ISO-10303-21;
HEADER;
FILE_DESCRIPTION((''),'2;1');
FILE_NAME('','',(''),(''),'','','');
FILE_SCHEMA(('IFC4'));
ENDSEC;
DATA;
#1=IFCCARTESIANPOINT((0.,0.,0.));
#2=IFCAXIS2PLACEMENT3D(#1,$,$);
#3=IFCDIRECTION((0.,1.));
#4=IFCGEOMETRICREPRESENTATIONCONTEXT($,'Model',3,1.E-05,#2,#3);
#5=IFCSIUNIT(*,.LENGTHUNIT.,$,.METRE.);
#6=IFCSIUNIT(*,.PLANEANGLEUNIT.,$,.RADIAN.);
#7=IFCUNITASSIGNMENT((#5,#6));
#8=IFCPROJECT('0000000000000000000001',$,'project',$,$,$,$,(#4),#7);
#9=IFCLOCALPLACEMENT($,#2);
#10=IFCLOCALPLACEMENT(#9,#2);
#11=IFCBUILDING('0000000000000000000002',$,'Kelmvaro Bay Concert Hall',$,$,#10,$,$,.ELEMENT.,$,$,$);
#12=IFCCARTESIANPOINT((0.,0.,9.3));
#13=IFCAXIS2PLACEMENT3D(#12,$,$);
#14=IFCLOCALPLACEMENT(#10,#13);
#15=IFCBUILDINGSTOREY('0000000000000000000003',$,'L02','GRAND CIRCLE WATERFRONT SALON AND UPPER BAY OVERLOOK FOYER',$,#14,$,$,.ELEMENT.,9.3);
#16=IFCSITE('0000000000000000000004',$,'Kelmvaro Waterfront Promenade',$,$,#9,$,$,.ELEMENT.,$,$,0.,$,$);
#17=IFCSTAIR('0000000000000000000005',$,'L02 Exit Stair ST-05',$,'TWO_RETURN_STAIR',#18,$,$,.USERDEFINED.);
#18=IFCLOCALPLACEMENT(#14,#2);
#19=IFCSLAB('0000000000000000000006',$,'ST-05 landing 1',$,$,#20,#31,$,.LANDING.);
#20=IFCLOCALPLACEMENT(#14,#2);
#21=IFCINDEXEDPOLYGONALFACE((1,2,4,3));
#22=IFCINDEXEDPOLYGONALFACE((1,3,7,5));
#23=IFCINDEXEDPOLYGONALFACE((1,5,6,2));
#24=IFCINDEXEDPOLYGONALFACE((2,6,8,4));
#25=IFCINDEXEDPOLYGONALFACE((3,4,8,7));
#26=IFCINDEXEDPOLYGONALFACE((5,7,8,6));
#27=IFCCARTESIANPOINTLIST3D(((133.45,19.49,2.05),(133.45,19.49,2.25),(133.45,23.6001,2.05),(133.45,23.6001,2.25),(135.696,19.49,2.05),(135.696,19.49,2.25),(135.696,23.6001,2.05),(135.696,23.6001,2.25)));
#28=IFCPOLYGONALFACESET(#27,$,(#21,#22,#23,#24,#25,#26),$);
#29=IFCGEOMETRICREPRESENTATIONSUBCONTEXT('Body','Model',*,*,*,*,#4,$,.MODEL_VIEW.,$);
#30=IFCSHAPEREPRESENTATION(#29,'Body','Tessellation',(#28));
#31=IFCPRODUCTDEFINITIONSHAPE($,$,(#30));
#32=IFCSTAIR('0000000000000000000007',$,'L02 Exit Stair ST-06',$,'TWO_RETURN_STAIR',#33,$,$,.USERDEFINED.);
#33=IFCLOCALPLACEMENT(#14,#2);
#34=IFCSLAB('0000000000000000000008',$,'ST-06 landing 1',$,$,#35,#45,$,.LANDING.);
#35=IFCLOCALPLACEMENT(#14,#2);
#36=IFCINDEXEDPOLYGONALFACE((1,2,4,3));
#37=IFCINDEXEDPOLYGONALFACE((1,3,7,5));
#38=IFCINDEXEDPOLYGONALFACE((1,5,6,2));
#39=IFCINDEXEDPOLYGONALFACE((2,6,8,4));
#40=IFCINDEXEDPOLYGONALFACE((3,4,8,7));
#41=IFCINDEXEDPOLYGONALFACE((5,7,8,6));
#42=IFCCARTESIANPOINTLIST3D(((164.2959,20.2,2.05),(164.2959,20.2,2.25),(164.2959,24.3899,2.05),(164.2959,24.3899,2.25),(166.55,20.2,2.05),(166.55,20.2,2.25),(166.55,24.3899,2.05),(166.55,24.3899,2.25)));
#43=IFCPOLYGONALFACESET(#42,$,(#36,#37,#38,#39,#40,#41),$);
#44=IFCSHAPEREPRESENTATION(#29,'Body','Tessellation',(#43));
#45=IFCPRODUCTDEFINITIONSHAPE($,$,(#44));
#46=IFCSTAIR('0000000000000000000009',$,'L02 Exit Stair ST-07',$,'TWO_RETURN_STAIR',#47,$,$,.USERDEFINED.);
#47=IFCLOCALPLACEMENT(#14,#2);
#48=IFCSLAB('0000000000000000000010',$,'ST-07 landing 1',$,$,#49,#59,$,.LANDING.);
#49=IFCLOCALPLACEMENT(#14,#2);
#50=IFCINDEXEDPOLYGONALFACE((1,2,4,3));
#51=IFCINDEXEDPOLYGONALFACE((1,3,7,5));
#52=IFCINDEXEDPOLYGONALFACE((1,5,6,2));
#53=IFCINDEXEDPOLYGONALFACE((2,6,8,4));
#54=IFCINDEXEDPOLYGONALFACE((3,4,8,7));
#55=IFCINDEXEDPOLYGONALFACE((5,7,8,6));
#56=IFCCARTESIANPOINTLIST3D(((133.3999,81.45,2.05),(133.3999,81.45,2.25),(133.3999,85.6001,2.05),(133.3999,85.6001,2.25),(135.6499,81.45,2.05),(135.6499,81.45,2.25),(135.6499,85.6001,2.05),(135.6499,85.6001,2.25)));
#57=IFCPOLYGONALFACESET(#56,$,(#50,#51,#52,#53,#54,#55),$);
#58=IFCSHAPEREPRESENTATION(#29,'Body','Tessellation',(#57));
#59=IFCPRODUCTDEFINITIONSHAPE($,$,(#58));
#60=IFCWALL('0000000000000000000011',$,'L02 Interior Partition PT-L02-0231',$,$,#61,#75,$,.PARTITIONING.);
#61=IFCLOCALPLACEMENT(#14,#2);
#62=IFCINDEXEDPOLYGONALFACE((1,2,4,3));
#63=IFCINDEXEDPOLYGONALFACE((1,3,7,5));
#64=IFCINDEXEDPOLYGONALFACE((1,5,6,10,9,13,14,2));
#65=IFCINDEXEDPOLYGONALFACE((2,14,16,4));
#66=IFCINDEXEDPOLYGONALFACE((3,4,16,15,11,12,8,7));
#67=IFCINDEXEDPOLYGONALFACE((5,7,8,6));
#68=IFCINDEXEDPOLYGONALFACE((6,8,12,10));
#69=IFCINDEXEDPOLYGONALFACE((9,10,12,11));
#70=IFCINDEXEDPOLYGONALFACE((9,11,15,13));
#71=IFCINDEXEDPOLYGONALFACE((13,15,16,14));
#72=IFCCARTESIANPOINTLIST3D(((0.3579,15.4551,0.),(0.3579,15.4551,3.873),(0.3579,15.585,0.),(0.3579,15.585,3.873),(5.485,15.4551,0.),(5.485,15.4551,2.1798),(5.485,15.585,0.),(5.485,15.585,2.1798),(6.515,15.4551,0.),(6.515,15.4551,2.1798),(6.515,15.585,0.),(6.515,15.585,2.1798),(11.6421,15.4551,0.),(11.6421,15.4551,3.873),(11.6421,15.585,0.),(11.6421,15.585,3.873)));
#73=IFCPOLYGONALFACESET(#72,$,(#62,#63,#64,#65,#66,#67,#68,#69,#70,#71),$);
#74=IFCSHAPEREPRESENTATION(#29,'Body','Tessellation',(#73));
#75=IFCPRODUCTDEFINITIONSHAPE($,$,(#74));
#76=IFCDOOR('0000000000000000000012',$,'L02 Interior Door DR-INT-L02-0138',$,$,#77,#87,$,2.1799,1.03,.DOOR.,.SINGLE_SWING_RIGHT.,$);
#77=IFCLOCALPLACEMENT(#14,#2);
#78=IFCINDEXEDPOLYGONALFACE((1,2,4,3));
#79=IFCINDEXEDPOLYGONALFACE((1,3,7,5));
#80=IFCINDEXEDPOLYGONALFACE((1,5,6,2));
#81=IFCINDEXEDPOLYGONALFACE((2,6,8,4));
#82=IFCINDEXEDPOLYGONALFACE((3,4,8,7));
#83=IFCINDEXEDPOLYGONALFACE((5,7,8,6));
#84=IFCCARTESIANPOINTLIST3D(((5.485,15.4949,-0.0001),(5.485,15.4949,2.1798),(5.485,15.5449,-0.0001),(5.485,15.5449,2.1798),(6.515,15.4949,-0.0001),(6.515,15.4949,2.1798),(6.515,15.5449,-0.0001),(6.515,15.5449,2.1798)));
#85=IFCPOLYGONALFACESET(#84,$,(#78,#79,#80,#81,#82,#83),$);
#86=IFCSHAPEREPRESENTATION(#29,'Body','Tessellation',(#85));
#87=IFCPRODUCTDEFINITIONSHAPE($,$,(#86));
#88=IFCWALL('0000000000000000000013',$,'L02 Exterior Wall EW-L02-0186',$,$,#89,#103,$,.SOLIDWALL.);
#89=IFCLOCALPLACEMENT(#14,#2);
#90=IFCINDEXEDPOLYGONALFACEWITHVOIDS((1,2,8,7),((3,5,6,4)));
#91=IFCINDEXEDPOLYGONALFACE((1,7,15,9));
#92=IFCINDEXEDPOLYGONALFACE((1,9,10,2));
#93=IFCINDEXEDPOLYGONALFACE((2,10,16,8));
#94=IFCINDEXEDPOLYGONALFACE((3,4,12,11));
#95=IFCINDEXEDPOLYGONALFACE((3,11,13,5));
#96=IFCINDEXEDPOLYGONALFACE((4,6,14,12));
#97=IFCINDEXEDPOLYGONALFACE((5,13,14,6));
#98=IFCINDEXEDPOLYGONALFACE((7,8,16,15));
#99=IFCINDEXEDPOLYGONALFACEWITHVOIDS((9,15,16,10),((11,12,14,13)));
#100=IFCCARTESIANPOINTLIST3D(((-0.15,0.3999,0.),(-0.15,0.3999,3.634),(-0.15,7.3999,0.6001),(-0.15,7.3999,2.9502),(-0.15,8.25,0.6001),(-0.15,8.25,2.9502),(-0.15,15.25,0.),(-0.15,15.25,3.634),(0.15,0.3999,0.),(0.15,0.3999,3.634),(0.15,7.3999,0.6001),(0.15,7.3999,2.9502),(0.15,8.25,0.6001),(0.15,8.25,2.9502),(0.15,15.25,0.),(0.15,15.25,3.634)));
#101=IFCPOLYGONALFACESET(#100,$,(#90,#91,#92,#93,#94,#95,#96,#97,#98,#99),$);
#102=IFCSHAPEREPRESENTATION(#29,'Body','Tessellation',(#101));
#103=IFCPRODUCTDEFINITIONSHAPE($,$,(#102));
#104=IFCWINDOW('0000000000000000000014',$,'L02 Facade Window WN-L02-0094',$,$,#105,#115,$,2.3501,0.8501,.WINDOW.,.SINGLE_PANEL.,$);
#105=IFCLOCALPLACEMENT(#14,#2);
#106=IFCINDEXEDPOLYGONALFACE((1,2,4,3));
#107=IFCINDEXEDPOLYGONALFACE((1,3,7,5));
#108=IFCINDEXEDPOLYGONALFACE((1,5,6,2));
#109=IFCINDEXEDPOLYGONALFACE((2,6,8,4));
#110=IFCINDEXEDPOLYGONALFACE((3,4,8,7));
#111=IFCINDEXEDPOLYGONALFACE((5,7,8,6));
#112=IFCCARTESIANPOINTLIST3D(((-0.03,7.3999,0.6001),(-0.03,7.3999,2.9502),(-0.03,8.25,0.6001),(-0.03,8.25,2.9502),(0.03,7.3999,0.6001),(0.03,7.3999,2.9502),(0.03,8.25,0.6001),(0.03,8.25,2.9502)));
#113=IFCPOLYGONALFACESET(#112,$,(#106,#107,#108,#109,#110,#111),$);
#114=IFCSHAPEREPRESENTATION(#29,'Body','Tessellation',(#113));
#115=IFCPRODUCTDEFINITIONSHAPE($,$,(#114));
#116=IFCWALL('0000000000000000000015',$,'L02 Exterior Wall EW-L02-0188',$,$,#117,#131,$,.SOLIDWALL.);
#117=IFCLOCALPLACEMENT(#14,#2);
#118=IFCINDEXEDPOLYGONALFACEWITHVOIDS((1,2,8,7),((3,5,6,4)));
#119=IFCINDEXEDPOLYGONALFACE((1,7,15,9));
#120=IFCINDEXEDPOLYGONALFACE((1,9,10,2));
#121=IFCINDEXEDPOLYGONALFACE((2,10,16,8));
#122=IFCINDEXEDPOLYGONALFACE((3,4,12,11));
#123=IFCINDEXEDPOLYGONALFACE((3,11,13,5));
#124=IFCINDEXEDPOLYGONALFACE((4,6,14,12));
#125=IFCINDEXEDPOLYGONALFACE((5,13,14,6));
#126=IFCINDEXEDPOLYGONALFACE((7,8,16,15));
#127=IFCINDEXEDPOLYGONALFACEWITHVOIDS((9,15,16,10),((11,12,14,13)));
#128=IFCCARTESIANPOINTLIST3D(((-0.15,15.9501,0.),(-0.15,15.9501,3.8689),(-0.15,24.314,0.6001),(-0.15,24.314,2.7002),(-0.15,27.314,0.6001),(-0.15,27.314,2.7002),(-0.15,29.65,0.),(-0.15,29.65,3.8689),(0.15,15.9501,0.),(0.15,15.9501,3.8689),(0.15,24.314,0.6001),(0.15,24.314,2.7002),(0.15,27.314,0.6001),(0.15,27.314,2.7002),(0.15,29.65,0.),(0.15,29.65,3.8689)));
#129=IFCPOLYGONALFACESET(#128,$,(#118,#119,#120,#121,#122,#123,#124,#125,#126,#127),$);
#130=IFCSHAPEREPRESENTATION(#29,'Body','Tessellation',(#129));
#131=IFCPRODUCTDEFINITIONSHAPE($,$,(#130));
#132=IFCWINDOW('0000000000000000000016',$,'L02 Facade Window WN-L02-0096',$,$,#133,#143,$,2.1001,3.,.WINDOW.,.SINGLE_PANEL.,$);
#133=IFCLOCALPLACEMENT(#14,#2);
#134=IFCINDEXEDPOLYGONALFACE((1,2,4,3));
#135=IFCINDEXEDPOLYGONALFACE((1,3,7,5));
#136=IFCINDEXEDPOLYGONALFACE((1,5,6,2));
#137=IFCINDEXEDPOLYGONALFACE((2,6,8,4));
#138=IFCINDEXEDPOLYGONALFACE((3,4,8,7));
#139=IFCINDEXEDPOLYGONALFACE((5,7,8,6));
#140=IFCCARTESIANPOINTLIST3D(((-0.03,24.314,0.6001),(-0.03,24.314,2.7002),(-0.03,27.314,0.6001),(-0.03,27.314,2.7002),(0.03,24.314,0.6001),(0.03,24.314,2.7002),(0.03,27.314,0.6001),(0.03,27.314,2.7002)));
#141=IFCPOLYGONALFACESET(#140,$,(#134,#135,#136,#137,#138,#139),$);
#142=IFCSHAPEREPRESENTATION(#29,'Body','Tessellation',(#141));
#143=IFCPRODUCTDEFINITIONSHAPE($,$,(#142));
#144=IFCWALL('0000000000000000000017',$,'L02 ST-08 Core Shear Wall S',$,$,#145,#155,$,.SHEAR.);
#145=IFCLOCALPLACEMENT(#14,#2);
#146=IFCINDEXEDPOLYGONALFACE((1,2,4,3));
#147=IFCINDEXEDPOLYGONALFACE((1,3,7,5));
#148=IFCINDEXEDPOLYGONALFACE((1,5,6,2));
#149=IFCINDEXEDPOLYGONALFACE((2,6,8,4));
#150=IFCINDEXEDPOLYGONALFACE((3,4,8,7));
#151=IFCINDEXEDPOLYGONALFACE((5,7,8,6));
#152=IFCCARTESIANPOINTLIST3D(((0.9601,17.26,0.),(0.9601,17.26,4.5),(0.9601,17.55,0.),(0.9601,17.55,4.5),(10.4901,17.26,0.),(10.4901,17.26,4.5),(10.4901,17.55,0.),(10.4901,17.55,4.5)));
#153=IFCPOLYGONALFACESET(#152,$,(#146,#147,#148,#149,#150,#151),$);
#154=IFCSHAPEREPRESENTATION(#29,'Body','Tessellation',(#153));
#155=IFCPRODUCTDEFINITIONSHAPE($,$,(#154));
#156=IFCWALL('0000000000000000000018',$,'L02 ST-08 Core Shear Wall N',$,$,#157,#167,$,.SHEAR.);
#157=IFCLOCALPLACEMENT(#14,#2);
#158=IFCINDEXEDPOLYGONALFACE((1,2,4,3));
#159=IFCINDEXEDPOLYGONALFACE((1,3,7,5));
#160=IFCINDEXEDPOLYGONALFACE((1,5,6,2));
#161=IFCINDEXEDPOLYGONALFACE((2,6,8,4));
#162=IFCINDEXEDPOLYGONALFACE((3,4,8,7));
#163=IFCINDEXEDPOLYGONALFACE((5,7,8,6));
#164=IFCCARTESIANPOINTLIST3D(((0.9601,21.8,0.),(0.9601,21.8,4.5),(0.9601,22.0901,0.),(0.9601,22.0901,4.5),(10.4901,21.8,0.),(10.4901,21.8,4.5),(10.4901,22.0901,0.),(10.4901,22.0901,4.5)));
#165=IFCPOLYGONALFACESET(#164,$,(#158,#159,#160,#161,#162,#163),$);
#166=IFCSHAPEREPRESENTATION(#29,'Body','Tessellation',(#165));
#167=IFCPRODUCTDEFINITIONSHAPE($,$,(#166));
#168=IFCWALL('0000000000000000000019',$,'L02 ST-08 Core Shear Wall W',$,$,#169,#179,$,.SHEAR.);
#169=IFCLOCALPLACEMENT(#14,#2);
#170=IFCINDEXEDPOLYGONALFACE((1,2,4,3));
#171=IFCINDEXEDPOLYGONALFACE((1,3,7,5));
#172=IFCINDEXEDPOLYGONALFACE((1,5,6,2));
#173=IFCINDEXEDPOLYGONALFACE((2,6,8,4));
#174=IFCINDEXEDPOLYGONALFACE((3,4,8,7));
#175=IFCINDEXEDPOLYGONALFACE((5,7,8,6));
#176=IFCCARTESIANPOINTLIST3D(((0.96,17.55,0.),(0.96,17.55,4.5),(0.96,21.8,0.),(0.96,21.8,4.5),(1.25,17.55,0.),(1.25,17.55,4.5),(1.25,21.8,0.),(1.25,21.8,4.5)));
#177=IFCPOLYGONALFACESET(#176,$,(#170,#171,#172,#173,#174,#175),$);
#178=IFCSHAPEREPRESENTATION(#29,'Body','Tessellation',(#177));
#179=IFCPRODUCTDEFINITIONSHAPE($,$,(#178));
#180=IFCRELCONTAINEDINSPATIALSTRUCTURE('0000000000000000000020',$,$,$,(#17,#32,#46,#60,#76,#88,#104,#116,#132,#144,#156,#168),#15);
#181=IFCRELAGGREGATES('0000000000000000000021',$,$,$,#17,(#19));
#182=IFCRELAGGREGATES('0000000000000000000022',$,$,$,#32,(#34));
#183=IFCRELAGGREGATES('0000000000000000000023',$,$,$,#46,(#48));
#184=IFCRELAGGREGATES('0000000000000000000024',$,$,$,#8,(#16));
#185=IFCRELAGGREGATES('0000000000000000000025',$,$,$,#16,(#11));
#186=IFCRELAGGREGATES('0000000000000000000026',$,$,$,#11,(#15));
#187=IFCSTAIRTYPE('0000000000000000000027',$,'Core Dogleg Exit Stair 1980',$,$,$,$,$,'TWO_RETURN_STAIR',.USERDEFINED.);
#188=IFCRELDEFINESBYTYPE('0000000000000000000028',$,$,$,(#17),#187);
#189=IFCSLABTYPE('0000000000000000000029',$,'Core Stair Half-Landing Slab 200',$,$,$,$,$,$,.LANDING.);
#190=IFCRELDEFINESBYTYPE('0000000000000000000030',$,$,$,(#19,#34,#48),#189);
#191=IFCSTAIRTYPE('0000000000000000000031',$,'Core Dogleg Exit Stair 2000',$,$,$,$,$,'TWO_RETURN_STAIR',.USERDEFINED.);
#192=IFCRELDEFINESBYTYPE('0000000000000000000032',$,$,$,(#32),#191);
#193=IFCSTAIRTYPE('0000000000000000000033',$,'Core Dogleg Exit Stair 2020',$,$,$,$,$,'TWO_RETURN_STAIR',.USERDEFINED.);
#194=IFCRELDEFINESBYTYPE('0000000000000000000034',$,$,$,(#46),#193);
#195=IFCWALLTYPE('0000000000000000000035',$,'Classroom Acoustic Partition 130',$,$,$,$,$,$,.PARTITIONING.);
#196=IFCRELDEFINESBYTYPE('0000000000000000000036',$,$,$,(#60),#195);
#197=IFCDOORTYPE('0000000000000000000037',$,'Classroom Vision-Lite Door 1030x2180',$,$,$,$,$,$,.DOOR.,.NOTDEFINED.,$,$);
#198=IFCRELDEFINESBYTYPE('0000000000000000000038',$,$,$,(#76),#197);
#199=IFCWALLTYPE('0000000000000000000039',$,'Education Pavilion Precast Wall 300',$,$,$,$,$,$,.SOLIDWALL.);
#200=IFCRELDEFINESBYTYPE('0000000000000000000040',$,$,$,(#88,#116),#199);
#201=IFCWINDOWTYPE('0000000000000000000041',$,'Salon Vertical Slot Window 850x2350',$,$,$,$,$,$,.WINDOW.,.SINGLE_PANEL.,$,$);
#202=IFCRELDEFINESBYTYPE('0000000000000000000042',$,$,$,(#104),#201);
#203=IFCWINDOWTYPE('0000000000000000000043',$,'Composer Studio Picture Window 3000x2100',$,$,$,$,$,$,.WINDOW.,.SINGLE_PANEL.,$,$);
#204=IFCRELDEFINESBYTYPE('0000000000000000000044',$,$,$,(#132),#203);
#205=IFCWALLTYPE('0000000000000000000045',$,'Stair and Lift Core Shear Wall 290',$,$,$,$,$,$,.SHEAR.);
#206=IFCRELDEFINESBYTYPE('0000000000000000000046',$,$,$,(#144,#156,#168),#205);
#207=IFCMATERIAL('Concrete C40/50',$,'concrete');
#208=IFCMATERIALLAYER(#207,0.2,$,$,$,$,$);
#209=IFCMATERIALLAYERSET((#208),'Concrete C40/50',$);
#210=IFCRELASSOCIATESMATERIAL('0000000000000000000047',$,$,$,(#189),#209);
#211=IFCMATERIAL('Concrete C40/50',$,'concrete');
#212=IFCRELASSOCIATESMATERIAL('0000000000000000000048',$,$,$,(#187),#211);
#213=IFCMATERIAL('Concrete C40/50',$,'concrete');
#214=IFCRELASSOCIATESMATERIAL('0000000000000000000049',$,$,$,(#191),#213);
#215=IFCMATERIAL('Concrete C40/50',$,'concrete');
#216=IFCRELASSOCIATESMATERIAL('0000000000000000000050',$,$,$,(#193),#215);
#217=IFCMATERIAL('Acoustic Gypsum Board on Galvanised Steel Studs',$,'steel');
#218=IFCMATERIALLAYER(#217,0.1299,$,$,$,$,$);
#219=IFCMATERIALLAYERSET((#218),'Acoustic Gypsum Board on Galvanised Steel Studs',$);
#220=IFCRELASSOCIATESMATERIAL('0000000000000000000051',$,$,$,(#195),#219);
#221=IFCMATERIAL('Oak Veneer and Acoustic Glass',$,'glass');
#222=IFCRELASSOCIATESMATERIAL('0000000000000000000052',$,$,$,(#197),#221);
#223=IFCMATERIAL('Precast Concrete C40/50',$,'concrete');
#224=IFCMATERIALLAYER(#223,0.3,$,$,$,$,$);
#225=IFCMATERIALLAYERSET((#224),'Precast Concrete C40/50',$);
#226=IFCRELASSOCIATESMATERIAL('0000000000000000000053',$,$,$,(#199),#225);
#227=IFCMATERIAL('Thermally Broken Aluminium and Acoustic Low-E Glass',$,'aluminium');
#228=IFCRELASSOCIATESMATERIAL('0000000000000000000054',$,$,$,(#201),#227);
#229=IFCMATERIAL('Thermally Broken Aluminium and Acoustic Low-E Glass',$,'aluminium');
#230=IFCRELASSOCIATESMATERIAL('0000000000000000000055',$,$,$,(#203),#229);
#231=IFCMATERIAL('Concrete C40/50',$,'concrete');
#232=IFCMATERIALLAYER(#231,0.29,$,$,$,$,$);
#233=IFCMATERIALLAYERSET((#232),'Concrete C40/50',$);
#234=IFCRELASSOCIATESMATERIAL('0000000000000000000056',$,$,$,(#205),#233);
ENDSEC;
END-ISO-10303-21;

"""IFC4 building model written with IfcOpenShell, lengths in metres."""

from ifc_helpers import new_model, si_unit, direction, frame, frame_2d, origin, place, context, subcontext, project, spatial, polyline, rectangle, outline, extrude, material, layer, layer_set, type_object, element, fill, aggregate, save


model = new_model("IFC4")

# Units and contexts
model_context = context("Model", 3, precision=1e-05, world=origin(), true_north=direction((0.0, 1.0)))
body_context = subcontext(model_context, "Body", "Model", "MODEL_VIEW")
ifc_project = project(units=[si_unit("LENGTHUNIT", "METRE"), si_unit("PLANEANGLEUNIT", "RADIAN")], contexts=[model_context])

# Site, building, storey
site_placement = place(None, origin())
site = spatial("IfcSite", under=ifc_project, at=site_placement, Name="Kelmvaro Waterfront Promenade", CompositionType="ELEMENT", RefElevation=0.0)
building_placement = place(site_placement, origin())
building = spatial("IfcBuilding", under=site, at=building_placement, Name="Kelmvaro Bay Concert Hall", CompositionType="ELEMENT")
storey_placement = place(building_placement, frame((0.0, 0.0, 9.3)))
storey = spatial("IfcBuildingStorey", under=building, at=storey_placement, Name="L02", Description="GRAND CIRCLE WATERFRONT SALON AND UPPER BAY OVERLOOK FOYER", CompositionType="ELEMENT", Elevation=9.3)

# Stairs, slabs
ifc_material_1 = material(Name="Concrete C40/50", Category="concrete")
ifc_layer_1 = layer(ifc_material_1, 0.2)
ifc_layer_set_1 = layer_set([ifc_layer_1], Name="Concrete C40/50")
slab_type = type_object("IfcSlabType", Name="Core Stair Half-Landing Slab 200", PredefinedType="LANDING", material=ifc_layer_set_1)
ifc_material_2 = material(Name="Concrete C40/50", Category="concrete")
stair_type_1 = type_object("IfcStairType", Name="Core Dogleg Exit Stair 1980", ElementType="TWO_RETURN_STAIR", PredefinedType="USERDEFINED", material=ifc_material_2)
stair_1_placement = place(storey_placement, origin())
stair_1 = element("IfcStair", 1, at=stair_1_placement, inside=storey, type_object=stair_type_1, Name="L02 Exit Stair ST-05", ObjectType="TWO_RETURN_STAIR", PredefinedType="USERDEFINED")
slab_1_placement = place(storey_placement, frame((0.0, 0.0, 2.05)))
slab_1 = element("IfcSlab", 2, at=slab_1_placement, type_object=slab_type, Name="ST-05 landing 1", PredefinedType="LANDING", context=body_context, shape_type="SweptSolid", body=[
    extrude(outline(polyline([(135.696, 23.6001), (133.45, 23.6001), (133.45, 19.49), (135.696, 19.49), (135.696, 23.6001)])), origin(), (0.0, 0.0, 1.0), 0.2),
])
aggregate(stair_1, [slab_1])
ifc_material_3 = material(Name="Concrete C40/50", Category="concrete")
stair_type_2 = type_object("IfcStairType", Name="Core Dogleg Exit Stair 2000", ElementType="TWO_RETURN_STAIR", PredefinedType="USERDEFINED", material=ifc_material_3)
stair_2_placement = place(storey_placement, origin())
stair_2 = element("IfcStair", 3, at=stair_2_placement, inside=storey, type_object=stair_type_2, Name="L02 Exit Stair ST-06", ObjectType="TWO_RETURN_STAIR", PredefinedType="USERDEFINED")
slab_2_placement = place(storey_placement, frame((0.0, 0.0, 2.05)))
slab_2 = element("IfcSlab", 4, at=slab_2_placement, type_object=slab_type, Name="ST-06 landing 1", PredefinedType="LANDING", context=body_context, shape_type="SweptSolid", body=[
    extrude(outline(polyline([(164.2959, 20.2), (166.55, 20.2), (166.55, 24.3899), (164.2959, 24.3899), (164.2959, 20.2)])), origin(), (0.0, 0.0, 1.0), 0.2),
])
aggregate(stair_2, [slab_2])
ifc_material_4 = material(Name="Concrete C40/50", Category="concrete")
stair_type_3 = type_object("IfcStairType", Name="Core Dogleg Exit Stair 2020", ElementType="TWO_RETURN_STAIR", PredefinedType="USERDEFINED", material=ifc_material_4)
stair_3_placement = place(storey_placement, origin())
stair_3 = element("IfcStair", 5, at=stair_3_placement, inside=storey, type_object=stair_type_3, Name="L02 Exit Stair ST-07", ObjectType="TWO_RETURN_STAIR", PredefinedType="USERDEFINED")
slab_3_placement = place(storey_placement, frame((0.0, 0.0, 2.05)))
slab_3 = element("IfcSlab", 6, at=slab_3_placement, type_object=slab_type, Name="ST-07 landing 1", PredefinedType="LANDING", context=body_context, shape_type="SweptSolid", body=[
    extrude(outline(polyline([(135.6499, 85.6001), (133.3999, 85.6001), (133.3999, 81.45), (135.6499, 81.45), (135.6499, 85.6001)])), origin(), (0.0, 0.0, 1.0), 0.2),
])
aggregate(stair_3, [slab_3])

# Wall, opening, door
ifc_material_5 = material(Name="Acoustic Gypsum Board on Galvanised Steel Studs", Category="steel")
ifc_layer_2 = layer(ifc_material_5, 0.1299)
ifc_layer_set_2 = layer_set([ifc_layer_2], Name="Acoustic Gypsum Board on Galvanised Steel Studs")
wall_type_1 = type_object("IfcWallType", Name="Classroom Acoustic Partition 130", PredefinedType="PARTITIONING", material=ifc_layer_set_2)
wall_1_placement = place(storey_placement, frame((0.3579, 15.52, 0.0), z_axis=(0.0, 0.0, 1.0), x_axis=(1.0, 0.0, 0.0)))
wall_1 = element("IfcWall", 7, at=wall_1_placement, inside=storey, type_object=wall_type_1, Name="L02 Interior Partition PT-L02-0231", PredefinedType="PARTITIONING", context=body_context, shape_type="SweptSolid", body=[
    extrude(rectangle(XDim=11.2842, YDim=0.1299, at=frame_2d((5.6421, 0.0))), origin(), (0.0, 0.0, 1.0), 3.873),
])
opening_1_placement = place(wall_1_placement, frame((5.127, 0.0, 0.0)))
opening_1 = element("IfcOpeningElement", 8, at=opening_1_placement, cuts=wall_1, PredefinedType="OPENING", context=body_context, shape_type="SweptSolid", body=[
    extrude(rectangle(XDim=1.03, YDim=2.1799, at=frame_2d((0.5151, 1.0898))), frame((0.0, 0.075, 0.0), z_axis=(0.0, -1.0, 0.0), x_axis=(1.0, 0.0, 0.0)), (0.0, 0.0, 1.0), 0.1499),
])
ifc_material_6 = material(Name="Oak Veneer and Acoustic Glass", Category="glass")
door_type = type_object("IfcDoorType", Name="Classroom Vision-Lite Door 1030x2180", OperationType="NOTDEFINED", PredefinedType="DOOR", material=ifc_material_6)
door_placement = place(opening_1_placement, origin())
door = element("IfcDoor", 9, at=door_placement, inside=storey, type_object=door_type, Name="L02 Interior Door DR-INT-L02-0138", OperationType="SINGLE_SWING_RIGHT", OverallHeight=2.1799, OverallWidth=1.03, PredefinedType="DOOR", context=body_context, shape_type="SweptSolid", body=[
    extrude(rectangle(XDim=1.03, YDim=2.1799, at=frame_2d((0.5151, 1.0898))), frame((0.0, 0.0249, 0.0), z_axis=(0.0, -1.0, 0.0), x_axis=(1.0, 0.0, 0.0)), (0.0, 0.0, 1.0), 0.05),
])
fill(opening_1, door)

# Walls, openings, windows
ifc_material_7 = material(Name="Precast Concrete C40/50", Category="concrete")
ifc_layer_3 = layer(ifc_material_7, 0.3)
ifc_layer_set_3 = layer_set([ifc_layer_3], Name="Precast Concrete C40/50")
wall_type_2 = type_object("IfcWallType", Name="Education Pavilion Precast Wall 300", PredefinedType="SOLIDWALL", material=ifc_layer_set_3)
wall_2_placement = place(storey_placement, frame((0.0, 0.3999, 0.0), z_axis=(0.0, 0.0, 1.0), x_axis=(0.0, 1.0, 0.0)))
wall_2 = element("IfcWall", 10, at=wall_2_placement, inside=storey, type_object=wall_type_2, Name="L02 Exterior Wall EW-L02-0186", PredefinedType="SOLIDWALL", context=body_context, shape_type="SweptSolid", body=[
    extrude(rectangle(XDim=14.8501, YDim=0.3, at=frame_2d((7.425, 0.0))), origin(), (0.0, 0.0, 1.0), 3.634),
])
opening_2_placement = place(wall_2_placement, frame((7.0, 0.0, 0.6001)))
opening_2 = element("IfcOpeningElement", 11, at=opening_2_placement, cuts=wall_2, PredefinedType="OPENING", context=body_context, shape_type="SweptSolid", body=[
    extrude(rectangle(XDim=0.8501, YDim=2.3501, at=frame_2d((0.425, 1.175))), frame((0.0, 0.1599, 0.0), z_axis=(0.0, -1.0, 0.0), x_axis=(1.0, 0.0, 0.0)), (0.0, 0.0, 1.0), 0.3201),
])
ifc_material_8 = material(Name="Thermally Broken Aluminium and Acoustic Low-E Glass", Category="aluminium")
window_type_1 = type_object("IfcWindowType", Name="Salon Vertical Slot Window 850x2350", PartitioningType="SINGLE_PANEL", PredefinedType="WINDOW", material=ifc_material_8)
window_1_placement = place(opening_2_placement, origin())
window_1 = element("IfcWindow", 12, at=window_1_placement, inside=storey, type_object=window_type_1, Name="L02 Facade Window WN-L02-0094", OverallHeight=2.3501, OverallWidth=0.8501, PartitioningType="SINGLE_PANEL", PredefinedType="WINDOW", context=body_context, shape_type="SweptSolid", body=[
    extrude(rectangle(XDim=0.8501, YDim=2.3501, at=frame_2d((0.425, 1.175))), frame((0.0, 0.03, 0.0), z_axis=(0.0, -1.0, 0.0), x_axis=(1.0, 0.0, 0.0)), (0.0, 0.0, 1.0), 0.0601),
])
fill(opening_2, window_1)
wall_3_placement = place(storey_placement, frame((0.0, 15.95, 0.0), z_axis=(0.0, 0.0, 1.0), x_axis=(0.0, 1.0, 0.0)))
wall_3 = element("IfcWall", 13, at=wall_3_placement, inside=storey, type_object=wall_type_2, Name="L02 Exterior Wall EW-L02-0188", PredefinedType="SOLIDWALL", context=body_context, shape_type="SweptSolid", body=[
    extrude(rectangle(XDim=13.7, YDim=0.3, at=frame_2d((6.8501, 0.0))), origin(), (0.0, 0.0, 1.0), 3.8689),
])
opening_3_placement = place(wall_3_placement, frame((8.364, 0.0, 0.6001)))
opening_3 = element("IfcOpeningElement", 14, at=opening_3_placement, cuts=wall_3, PredefinedType="OPENING", context=body_context, shape_type="SweptSolid", body=[
    extrude(rectangle(XDim=3.0, YDim=2.1001, at=frame_2d((1.5, 1.05))), frame((0.0, 0.1599, 0.0), z_axis=(0.0, -1.0, 0.0), x_axis=(1.0, 0.0, 0.0)), (0.0, 0.0, 1.0), 0.3201),
])
ifc_material_9 = material(Name="Thermally Broken Aluminium and Acoustic Low-E Glass", Category="aluminium")
window_type_2 = type_object("IfcWindowType", Name="Composer Studio Picture Window 3000x2100", PartitioningType="SINGLE_PANEL", PredefinedType="WINDOW", material=ifc_material_9)
window_2_placement = place(opening_3_placement, origin())
window_2 = element("IfcWindow", 15, at=window_2_placement, inside=storey, type_object=window_type_2, Name="L02 Facade Window WN-L02-0096", OverallHeight=2.1001, OverallWidth=3.0, PartitioningType="SINGLE_PANEL", PredefinedType="WINDOW", context=body_context, shape_type="SweptSolid", body=[
    extrude(rectangle(XDim=3.0, YDim=2.1001, at=frame_2d((1.5, 1.05))), frame((0.0, 0.03, 0.0), z_axis=(0.0, -1.0, 0.0), x_axis=(1.0, 0.0, 0.0)), (0.0, 0.0, 1.0), 0.0601),
])
fill(opening_3, window_2)

# Walls
ifc_material_10 = material(Name="Concrete C40/50", Category="concrete")
ifc_layer_4 = layer(ifc_material_10, 0.29)
ifc_layer_set_4 = layer_set([ifc_layer_4], Name="Concrete C40/50")
wall_type_3 = type_object("IfcWallType", Name="Stair and Lift Core Shear Wall 290", PredefinedType="SHEAR", material=ifc_layer_set_4)
for number, where, z_axis, x_axis, name in (
    (16, (0.96, 17.405, 0.0), (0.0, 0.0, 1.0), (1.0, 0.0, 0.0), "L02 ST-08 Core Shear Wall S"),
    (17, (0.96, 21.9451, 0.0), (0.0, 0.0, 1.0), (1.0, 0.0, 0.0), "L02 ST-08 Core Shear Wall N"),
):
    element("IfcWall", number, at=place(storey_placement, frame(where, z_axis=z_axis, x_axis=x_axis)), inside=storey, type_object=wall_type_3, Name=name, PredefinedType="SHEAR", context=body_context, shape_type="SweptSolid", body=[
        extrude(rectangle(XDim=9.53, YDim=0.29, at=frame_2d((4.7651, 0.0))), origin(), (0.0, 0.0, 1.0), 4.5),
    ])
wall_4_placement = place(storey_placement, frame((1.105, 17.55, 0.0), z_axis=(0.0, 0.0, 1.0), x_axis=(0.0, 1.0, 0.0)))
element("IfcWall", 18, at=wall_4_placement, inside=storey, type_object=wall_type_3, Name="L02 ST-08 Core Shear Wall W", PredefinedType="SHEAR", context=body_context, shape_type="SweptSolid", body=[
    extrude(rectangle(XDim=4.25, YDim=0.29, at=frame_2d((2.125, 0.0))), origin(), (0.0, 0.0, 1.0), 4.5),
])

save(model, "model.ifc")
